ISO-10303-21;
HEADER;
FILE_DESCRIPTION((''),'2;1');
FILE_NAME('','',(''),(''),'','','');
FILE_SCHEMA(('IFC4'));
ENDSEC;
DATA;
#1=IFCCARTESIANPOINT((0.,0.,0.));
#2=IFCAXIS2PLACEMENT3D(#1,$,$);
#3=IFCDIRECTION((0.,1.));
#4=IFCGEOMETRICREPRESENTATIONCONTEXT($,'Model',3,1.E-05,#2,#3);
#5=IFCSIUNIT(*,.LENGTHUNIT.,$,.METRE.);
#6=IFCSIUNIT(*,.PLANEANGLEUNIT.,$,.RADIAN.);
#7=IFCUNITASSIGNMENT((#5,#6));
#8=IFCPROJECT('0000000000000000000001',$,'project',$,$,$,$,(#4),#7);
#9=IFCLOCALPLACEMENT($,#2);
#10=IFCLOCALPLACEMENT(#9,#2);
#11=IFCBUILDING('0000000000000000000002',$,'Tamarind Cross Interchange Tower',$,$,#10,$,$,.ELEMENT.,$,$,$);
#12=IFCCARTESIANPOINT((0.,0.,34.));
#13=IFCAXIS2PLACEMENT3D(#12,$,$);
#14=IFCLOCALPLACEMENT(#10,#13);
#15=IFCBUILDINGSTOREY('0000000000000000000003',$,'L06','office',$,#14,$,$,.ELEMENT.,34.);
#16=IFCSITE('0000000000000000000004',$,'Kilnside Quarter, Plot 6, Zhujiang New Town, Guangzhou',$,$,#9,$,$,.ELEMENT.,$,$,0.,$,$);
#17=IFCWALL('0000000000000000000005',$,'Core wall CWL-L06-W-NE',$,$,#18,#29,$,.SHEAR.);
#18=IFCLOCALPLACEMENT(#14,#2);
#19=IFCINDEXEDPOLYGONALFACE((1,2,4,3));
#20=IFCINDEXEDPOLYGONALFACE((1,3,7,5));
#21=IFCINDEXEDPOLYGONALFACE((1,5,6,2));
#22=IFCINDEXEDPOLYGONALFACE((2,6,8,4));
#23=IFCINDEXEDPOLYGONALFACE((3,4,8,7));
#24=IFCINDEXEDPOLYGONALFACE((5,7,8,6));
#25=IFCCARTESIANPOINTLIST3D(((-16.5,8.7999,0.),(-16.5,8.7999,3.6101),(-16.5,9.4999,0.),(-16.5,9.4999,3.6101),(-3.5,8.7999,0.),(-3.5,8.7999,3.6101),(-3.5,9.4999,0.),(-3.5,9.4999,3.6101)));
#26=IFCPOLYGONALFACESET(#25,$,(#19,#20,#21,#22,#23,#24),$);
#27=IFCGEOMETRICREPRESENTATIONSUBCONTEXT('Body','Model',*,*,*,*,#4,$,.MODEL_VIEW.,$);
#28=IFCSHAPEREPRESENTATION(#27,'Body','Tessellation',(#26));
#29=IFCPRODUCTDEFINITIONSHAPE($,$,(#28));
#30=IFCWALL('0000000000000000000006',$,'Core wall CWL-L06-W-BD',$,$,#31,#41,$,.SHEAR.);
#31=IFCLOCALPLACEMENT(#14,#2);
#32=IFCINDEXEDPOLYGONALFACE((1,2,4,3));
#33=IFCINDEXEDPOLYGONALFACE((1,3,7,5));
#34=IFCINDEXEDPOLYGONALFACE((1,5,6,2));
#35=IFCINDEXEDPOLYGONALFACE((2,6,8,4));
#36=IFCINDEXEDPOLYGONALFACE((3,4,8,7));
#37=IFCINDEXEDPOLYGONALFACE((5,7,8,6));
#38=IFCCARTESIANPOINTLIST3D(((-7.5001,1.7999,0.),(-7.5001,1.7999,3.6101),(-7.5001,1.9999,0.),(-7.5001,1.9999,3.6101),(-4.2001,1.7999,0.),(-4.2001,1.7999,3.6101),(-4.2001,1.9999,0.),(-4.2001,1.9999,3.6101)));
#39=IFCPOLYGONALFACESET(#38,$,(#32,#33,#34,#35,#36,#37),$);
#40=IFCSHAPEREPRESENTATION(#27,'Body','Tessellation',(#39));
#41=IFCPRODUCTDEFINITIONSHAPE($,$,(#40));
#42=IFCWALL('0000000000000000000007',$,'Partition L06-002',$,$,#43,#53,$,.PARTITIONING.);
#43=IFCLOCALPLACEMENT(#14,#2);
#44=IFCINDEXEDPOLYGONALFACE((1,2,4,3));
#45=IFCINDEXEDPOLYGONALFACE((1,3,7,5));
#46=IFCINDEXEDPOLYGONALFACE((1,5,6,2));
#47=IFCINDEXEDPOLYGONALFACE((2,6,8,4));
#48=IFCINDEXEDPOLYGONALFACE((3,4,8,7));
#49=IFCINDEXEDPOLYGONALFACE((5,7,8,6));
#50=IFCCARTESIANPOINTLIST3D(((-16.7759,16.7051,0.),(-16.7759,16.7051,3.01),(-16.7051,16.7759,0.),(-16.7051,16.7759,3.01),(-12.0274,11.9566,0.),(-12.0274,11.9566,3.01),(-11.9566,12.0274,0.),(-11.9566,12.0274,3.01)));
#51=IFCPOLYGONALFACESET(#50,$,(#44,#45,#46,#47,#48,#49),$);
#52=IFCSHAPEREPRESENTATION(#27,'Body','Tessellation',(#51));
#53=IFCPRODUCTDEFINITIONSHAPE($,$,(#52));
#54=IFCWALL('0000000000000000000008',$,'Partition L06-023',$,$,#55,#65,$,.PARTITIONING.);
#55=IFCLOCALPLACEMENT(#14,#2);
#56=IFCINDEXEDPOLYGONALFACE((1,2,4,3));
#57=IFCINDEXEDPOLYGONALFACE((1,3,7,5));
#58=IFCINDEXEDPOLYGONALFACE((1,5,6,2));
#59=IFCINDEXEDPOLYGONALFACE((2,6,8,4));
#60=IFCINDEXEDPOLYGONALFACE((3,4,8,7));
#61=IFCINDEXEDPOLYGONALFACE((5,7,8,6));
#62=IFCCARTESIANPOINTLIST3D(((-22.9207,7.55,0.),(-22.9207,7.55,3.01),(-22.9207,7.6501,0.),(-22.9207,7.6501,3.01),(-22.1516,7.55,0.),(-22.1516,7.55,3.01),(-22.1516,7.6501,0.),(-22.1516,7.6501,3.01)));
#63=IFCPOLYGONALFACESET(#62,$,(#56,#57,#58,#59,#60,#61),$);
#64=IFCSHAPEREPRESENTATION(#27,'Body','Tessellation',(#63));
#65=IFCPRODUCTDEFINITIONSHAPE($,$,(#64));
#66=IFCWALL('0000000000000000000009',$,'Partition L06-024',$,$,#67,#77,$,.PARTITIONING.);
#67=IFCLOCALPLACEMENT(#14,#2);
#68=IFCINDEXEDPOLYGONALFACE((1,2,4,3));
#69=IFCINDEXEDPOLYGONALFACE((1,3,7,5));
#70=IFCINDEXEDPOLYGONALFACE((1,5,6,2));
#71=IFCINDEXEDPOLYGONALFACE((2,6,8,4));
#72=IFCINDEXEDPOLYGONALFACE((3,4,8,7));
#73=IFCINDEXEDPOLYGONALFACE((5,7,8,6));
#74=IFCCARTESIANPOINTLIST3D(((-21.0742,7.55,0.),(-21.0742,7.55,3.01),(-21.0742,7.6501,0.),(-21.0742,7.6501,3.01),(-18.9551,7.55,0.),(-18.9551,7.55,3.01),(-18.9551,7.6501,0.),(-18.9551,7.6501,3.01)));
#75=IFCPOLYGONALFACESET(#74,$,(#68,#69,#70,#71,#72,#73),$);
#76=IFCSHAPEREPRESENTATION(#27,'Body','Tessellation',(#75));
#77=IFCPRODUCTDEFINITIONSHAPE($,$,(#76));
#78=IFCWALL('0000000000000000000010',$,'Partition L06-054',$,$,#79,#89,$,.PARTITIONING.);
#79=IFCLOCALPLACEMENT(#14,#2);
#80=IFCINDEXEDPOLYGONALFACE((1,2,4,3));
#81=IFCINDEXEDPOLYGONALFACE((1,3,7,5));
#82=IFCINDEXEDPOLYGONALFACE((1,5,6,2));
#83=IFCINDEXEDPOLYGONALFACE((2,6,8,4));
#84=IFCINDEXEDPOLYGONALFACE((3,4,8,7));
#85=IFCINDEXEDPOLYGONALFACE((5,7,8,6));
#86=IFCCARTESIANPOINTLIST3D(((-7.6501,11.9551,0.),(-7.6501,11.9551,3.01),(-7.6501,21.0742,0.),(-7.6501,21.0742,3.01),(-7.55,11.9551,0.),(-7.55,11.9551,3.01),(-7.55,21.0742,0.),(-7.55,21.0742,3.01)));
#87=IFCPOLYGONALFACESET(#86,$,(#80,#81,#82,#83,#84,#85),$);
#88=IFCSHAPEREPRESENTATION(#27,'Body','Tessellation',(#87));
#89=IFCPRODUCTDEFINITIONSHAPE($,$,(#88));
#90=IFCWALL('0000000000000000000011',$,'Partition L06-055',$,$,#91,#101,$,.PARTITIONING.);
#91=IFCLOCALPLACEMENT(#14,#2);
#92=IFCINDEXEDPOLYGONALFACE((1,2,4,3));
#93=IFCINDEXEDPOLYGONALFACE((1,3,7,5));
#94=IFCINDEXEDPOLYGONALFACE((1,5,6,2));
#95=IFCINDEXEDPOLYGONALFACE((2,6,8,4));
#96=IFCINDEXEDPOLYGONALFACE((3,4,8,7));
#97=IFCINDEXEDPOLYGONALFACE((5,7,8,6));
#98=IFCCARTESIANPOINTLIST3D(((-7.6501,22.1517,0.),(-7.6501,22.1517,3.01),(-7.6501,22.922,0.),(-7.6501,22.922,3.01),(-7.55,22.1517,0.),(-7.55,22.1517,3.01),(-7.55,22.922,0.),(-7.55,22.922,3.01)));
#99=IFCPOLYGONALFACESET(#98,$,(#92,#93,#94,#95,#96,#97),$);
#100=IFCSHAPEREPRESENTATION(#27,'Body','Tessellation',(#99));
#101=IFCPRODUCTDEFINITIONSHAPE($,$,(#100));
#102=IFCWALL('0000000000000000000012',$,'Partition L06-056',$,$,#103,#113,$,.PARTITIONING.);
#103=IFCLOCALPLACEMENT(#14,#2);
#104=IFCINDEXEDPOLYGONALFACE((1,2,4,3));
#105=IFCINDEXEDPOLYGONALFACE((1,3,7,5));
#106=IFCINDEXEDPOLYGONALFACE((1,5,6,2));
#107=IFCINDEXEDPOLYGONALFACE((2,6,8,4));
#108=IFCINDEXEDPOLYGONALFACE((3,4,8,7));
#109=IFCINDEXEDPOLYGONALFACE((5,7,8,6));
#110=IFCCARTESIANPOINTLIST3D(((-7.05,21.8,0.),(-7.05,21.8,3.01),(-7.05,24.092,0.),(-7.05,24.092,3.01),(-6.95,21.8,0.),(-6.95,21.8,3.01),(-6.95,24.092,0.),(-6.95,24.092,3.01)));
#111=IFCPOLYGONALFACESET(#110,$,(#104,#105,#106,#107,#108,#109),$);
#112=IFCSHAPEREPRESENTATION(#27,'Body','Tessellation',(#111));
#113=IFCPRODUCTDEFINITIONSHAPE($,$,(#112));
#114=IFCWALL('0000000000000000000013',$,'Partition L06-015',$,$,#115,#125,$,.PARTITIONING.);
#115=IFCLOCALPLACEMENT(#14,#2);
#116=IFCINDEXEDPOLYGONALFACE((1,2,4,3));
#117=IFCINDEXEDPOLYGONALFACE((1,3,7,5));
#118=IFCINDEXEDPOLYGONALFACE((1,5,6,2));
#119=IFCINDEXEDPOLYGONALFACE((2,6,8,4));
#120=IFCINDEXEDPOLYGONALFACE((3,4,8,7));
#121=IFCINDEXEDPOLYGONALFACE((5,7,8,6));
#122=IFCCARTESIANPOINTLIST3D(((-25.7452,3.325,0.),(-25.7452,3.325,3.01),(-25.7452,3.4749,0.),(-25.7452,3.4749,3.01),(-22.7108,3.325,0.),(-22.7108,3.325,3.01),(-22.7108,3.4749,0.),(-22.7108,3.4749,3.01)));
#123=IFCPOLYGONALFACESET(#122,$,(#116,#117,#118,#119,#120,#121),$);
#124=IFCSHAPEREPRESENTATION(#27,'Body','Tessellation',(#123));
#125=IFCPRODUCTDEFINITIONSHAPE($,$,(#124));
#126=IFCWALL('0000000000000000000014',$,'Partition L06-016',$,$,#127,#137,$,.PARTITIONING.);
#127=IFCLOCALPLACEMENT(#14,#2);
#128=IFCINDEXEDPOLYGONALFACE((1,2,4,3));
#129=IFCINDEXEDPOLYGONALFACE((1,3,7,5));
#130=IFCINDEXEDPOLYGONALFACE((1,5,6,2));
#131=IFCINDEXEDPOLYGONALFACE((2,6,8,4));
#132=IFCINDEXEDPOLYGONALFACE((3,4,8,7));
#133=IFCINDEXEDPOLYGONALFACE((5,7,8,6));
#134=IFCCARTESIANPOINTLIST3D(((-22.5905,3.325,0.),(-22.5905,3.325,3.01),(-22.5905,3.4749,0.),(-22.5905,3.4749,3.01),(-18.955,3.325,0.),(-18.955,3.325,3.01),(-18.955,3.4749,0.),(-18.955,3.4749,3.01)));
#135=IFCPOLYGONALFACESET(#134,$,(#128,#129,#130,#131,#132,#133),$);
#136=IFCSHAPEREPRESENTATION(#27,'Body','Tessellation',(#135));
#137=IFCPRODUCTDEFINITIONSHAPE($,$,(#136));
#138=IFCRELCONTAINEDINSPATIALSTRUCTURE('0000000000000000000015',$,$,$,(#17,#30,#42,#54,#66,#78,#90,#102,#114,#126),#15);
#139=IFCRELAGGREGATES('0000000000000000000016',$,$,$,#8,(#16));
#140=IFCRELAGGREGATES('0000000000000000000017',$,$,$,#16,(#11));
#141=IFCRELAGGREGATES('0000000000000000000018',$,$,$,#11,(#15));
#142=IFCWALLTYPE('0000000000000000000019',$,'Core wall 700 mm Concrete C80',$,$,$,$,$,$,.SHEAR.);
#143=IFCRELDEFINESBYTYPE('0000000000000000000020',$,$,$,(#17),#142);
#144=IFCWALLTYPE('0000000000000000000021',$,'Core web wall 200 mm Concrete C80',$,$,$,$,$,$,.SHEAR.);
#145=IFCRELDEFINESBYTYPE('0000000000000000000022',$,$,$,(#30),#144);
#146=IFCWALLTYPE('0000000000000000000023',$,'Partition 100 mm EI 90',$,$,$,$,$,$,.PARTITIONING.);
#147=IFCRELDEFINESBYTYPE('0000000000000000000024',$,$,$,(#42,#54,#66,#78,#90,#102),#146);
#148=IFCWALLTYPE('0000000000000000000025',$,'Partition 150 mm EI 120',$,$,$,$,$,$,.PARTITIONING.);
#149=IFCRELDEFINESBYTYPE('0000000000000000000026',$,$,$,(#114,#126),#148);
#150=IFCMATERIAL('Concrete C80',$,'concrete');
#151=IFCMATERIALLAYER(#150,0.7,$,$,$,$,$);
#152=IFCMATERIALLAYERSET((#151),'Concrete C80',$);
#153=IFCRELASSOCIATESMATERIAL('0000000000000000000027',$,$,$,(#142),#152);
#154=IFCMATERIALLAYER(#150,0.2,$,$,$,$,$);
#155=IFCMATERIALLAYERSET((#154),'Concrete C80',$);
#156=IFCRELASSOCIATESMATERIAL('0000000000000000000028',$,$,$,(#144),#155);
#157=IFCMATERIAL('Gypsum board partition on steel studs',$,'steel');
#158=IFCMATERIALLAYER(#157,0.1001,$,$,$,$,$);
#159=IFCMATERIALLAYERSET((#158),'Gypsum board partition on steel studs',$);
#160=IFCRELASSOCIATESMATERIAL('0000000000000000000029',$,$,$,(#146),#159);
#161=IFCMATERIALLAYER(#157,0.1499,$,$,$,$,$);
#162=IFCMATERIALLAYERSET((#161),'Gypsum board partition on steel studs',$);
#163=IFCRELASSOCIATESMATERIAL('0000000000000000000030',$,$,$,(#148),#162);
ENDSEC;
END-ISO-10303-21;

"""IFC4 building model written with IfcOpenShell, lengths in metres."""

from ifc_helpers import new_model, si_unit, direction, frame, frame_2d, origin, place, context, subcontext, project, spatial, rectangle, extrude, material, layer, layer_set, type_object, element, save


model = new_model("IFC4")

# Units and contexts
model_context = context("Model", 3, precision=1e-05, world=origin(), true_north=direction((0.0, 1.0)))
body_context = subcontext(model_context, "Body", "Model", "MODEL_VIEW")
ifc_project = project(units=[si_unit("LENGTHUNIT", "METRE"), si_unit("PLANEANGLEUNIT", "RADIAN")], contexts=[model_context])

# Site, building, storey
site_placement = place(None, origin())
site = spatial("IfcSite", under=ifc_project, at=site_placement, Name="Kilnside Quarter, Plot 6, Zhujiang New Town, Guangzhou", CompositionType="ELEMENT", RefElevation=0.0)
building_placement = place(site_placement, origin())
building = spatial("IfcBuilding", under=site, at=building_placement, Name="Tamarind Cross Interchange Tower", CompositionType="ELEMENT")
storey_placement = place(building_placement, frame((0.0, 0.0, 34.0)))
storey = spatial("IfcBuildingStorey", under=building, at=storey_placement, Name="L06", Description="office", CompositionType="ELEMENT", Elevation=34.0)

# Walls
ifc_material_1 = material(Name="Concrete C80", Category="concrete")
ifc_layer_1 = layer(ifc_material_1, 0.7)
ifc_layer_set_1 = layer_set([ifc_layer_1], Name="Concrete C80")
wall_type_1 = type_object("IfcWallType", Name="Core wall 700 mm Concrete C80", PredefinedType="SHEAR", material=ifc_layer_set_1)
wall_1_placement = place(storey_placement, frame((-16.5, 9.1499, 0.0), z_axis=(0.0, 0.0, 1.0), x_axis=(1.0, 0.0, 0.0)))
element("IfcWall", 1, at=wall_1_placement, inside=storey, type_object=wall_type_1, Name="Core wall CWL-L06-W-NE", PredefinedType="SHEAR", context=body_context, shape_type="SweptSolid", body=[
    extrude(rectangle(XDim=13.0, YDim=0.7, at=frame_2d((6.5, 0.0))), origin(), (0.0, 0.0, 1.0), 3.6101),
])
ifc_layer_2 = layer(ifc_material_1, 0.2)
ifc_layer_set_2 = layer_set([ifc_layer_2], Name="Concrete C80")
wall_type_2 = type_object("IfcWallType", Name="Core web wall 200 mm Concrete C80", PredefinedType="SHEAR", material=ifc_layer_set_2)
wall_2_placement = place(storey_placement, frame((-7.5, 1.8999, 0.0), z_axis=(0.0, 0.0, 1.0), x_axis=(1.0, 0.0, 0.0)))
element("IfcWall", 2, at=wall_2_placement, inside=storey, type_object=wall_type_2, Name="Core wall CWL-L06-W-BD", PredefinedType="SHEAR", context=body_context, shape_type="SweptSolid", body=[
    extrude(rectangle(XDim=3.3, YDim=0.2, at=frame_2d((1.6499, 0.0))), origin(), (0.0, 0.0, 1.0), 3.6101),
])
ifc_material_2 = material(Name="Gypsum board partition on steel studs", Category="steel")
ifc_layer_3 = layer(ifc_material_2, 0.1001)
ifc_layer_set_3 = layer_set([ifc_layer_3], Name="Gypsum board partition on steel studs")
wall_type_3 = type_object("IfcWallType", Name="Partition 100 mm EI 90", PredefinedType="PARTITIONING", material=ifc_layer_set_3)
wall_3_placement = place(storey_placement, frame((-16.7405, 16.7405, 0.0), z_axis=(0.0, 0.0, 1.0), x_axis=(0.707107, -0.707107, 0.0)))
element("IfcWall", 3, at=wall_3_placement, inside=storey, type_object=wall_type_3, Name="Partition L06-002", PredefinedType="PARTITIONING", context=body_context, shape_type="SweptSolid", body=[
    extrude(rectangle(XDim=6.7153, YDim=0.1001, at=frame_2d((3.3577, 0.0))), origin(), (0.0, 0.0, 1.0), 3.01),
])
wall_4_placement = place(storey_placement, frame((-22.9207, 7.6001, 0.0), z_axis=(0.0, 0.0, 1.0), x_axis=(1.0, 0.0, 0.0)))
element("IfcWall", 4, at=wall_4_placement, inside=storey, type_object=wall_type_3, Name="Partition L06-023", PredefinedType="PARTITIONING", context=body_context, shape_type="SweptSolid", body=[
    extrude(rectangle(XDim=0.769, YDim=0.1001, at=frame_2d((0.3845, 0.0))), origin(), (0.0, 0.0, 1.0), 3.01),
])
wall_5_placement = place(storey_placement, frame((-21.0742, 7.6001, 0.0), z_axis=(0.0, 0.0, 1.0), x_axis=(1.0, 0.0, 0.0)))
element("IfcWall", 5, at=wall_5_placement, inside=storey, type_object=wall_type_3, Name="Partition L06-024", PredefinedType="PARTITIONING", context=body_context, shape_type="SweptSolid", body=[
    extrude(rectangle(XDim=2.1191, YDim=0.1001, at=frame_2d((1.0596, 0.0))), origin(), (0.0, 0.0, 1.0), 3.01),
])
wall_6_placement = place(storey_placement, frame((-7.6001, 11.9551, 0.0), z_axis=(0.0, 0.0, 1.0), x_axis=(0.0, 1.0, 0.0)))
element("IfcWall", 6, at=wall_6_placement, inside=storey, type_object=wall_type_3, Name="Partition L06-054", PredefinedType="PARTITIONING", context=body_context, shape_type="SweptSolid", body=[
    extrude(rectangle(XDim=9.1191, YDim=0.1001, at=frame_2d((4.5596, 0.0))), origin(), (0.0, 0.0, 1.0), 3.01),
])
wall_7_placement = place(storey_placement, frame((-7.6001, 22.1516, 0.0), z_axis=(0.0, 0.0, 1.0), x_axis=(0.0, 1.0, 0.0)))
element("IfcWall", 7, at=wall_7_placement, inside=storey, type_object=wall_type_3, Name="Partition L06-055", PredefinedType="PARTITIONING", context=body_context, shape_type="SweptSolid", body=[
    extrude(rectangle(XDim=0.7703, YDim=0.1001, at=frame_2d((0.3853, 0.0))), origin(), (0.0, 0.0, 1.0), 3.01),
])
wall_8_placement = place(storey_placement, frame((-7.0, 21.8, 0.0), z_axis=(0.0, 0.0, 1.0), x_axis=(0.0, 1.0, 0.0)))
element("IfcWall", 8, at=wall_8_placement, inside=storey, type_object=wall_type_3, Name="Partition L06-056", PredefinedType="PARTITIONING", context=body_context, shape_type="SweptSolid", body=[
    extrude(rectangle(XDim=2.292, YDim=0.1001, at=frame_2d((1.146, 0.0))), origin(), (0.0, 0.0, 1.0), 3.01),
])
ifc_layer_4 = layer(ifc_material_2, 0.1499)
ifc_layer_set_4 = layer_set([ifc_layer_4], Name="Gypsum board partition on steel studs")
wall_type_4 = type_object("IfcWallType", Name="Partition 150 mm EI 120", PredefinedType="PARTITIONING", material=ifc_layer_set_4)
wall_9_placement = place(storey_placement, frame((-25.7451, 3.3999, 0.0), z_axis=(0.0, 0.0, 1.0), x_axis=(1.0, 0.0, 0.0)))
element("IfcWall", 9, at=wall_9_placement, inside=storey, type_object=wall_type_4, Name="Partition L06-015", PredefinedType="PARTITIONING", context=body_context, shape_type="SweptSolid", body=[
    extrude(rectangle(XDim=3.0344, YDim=0.1499, at=frame_2d((1.5171, 0.0))), origin(), (0.0, 0.0, 1.0), 3.01),
])
wall_10_placement = place(storey_placement, frame((-22.5906, 3.3999, 0.0), z_axis=(0.0, 0.0, 1.0), x_axis=(1.0, 0.0, 0.0)))
element("IfcWall", 10, at=wall_10_placement, inside=storey, type_object=wall_type_4, Name="Partition L06-016", PredefinedType="PARTITIONING", context=body_context, shape_type="SweptSolid", body=[
    extrude(rectangle(XDim=3.6355, YDim=0.1499, at=frame_2d((1.8179, 0.0))), origin(), (0.0, 0.0, 1.0), 3.01),
])

save(model, "model.ifc")
